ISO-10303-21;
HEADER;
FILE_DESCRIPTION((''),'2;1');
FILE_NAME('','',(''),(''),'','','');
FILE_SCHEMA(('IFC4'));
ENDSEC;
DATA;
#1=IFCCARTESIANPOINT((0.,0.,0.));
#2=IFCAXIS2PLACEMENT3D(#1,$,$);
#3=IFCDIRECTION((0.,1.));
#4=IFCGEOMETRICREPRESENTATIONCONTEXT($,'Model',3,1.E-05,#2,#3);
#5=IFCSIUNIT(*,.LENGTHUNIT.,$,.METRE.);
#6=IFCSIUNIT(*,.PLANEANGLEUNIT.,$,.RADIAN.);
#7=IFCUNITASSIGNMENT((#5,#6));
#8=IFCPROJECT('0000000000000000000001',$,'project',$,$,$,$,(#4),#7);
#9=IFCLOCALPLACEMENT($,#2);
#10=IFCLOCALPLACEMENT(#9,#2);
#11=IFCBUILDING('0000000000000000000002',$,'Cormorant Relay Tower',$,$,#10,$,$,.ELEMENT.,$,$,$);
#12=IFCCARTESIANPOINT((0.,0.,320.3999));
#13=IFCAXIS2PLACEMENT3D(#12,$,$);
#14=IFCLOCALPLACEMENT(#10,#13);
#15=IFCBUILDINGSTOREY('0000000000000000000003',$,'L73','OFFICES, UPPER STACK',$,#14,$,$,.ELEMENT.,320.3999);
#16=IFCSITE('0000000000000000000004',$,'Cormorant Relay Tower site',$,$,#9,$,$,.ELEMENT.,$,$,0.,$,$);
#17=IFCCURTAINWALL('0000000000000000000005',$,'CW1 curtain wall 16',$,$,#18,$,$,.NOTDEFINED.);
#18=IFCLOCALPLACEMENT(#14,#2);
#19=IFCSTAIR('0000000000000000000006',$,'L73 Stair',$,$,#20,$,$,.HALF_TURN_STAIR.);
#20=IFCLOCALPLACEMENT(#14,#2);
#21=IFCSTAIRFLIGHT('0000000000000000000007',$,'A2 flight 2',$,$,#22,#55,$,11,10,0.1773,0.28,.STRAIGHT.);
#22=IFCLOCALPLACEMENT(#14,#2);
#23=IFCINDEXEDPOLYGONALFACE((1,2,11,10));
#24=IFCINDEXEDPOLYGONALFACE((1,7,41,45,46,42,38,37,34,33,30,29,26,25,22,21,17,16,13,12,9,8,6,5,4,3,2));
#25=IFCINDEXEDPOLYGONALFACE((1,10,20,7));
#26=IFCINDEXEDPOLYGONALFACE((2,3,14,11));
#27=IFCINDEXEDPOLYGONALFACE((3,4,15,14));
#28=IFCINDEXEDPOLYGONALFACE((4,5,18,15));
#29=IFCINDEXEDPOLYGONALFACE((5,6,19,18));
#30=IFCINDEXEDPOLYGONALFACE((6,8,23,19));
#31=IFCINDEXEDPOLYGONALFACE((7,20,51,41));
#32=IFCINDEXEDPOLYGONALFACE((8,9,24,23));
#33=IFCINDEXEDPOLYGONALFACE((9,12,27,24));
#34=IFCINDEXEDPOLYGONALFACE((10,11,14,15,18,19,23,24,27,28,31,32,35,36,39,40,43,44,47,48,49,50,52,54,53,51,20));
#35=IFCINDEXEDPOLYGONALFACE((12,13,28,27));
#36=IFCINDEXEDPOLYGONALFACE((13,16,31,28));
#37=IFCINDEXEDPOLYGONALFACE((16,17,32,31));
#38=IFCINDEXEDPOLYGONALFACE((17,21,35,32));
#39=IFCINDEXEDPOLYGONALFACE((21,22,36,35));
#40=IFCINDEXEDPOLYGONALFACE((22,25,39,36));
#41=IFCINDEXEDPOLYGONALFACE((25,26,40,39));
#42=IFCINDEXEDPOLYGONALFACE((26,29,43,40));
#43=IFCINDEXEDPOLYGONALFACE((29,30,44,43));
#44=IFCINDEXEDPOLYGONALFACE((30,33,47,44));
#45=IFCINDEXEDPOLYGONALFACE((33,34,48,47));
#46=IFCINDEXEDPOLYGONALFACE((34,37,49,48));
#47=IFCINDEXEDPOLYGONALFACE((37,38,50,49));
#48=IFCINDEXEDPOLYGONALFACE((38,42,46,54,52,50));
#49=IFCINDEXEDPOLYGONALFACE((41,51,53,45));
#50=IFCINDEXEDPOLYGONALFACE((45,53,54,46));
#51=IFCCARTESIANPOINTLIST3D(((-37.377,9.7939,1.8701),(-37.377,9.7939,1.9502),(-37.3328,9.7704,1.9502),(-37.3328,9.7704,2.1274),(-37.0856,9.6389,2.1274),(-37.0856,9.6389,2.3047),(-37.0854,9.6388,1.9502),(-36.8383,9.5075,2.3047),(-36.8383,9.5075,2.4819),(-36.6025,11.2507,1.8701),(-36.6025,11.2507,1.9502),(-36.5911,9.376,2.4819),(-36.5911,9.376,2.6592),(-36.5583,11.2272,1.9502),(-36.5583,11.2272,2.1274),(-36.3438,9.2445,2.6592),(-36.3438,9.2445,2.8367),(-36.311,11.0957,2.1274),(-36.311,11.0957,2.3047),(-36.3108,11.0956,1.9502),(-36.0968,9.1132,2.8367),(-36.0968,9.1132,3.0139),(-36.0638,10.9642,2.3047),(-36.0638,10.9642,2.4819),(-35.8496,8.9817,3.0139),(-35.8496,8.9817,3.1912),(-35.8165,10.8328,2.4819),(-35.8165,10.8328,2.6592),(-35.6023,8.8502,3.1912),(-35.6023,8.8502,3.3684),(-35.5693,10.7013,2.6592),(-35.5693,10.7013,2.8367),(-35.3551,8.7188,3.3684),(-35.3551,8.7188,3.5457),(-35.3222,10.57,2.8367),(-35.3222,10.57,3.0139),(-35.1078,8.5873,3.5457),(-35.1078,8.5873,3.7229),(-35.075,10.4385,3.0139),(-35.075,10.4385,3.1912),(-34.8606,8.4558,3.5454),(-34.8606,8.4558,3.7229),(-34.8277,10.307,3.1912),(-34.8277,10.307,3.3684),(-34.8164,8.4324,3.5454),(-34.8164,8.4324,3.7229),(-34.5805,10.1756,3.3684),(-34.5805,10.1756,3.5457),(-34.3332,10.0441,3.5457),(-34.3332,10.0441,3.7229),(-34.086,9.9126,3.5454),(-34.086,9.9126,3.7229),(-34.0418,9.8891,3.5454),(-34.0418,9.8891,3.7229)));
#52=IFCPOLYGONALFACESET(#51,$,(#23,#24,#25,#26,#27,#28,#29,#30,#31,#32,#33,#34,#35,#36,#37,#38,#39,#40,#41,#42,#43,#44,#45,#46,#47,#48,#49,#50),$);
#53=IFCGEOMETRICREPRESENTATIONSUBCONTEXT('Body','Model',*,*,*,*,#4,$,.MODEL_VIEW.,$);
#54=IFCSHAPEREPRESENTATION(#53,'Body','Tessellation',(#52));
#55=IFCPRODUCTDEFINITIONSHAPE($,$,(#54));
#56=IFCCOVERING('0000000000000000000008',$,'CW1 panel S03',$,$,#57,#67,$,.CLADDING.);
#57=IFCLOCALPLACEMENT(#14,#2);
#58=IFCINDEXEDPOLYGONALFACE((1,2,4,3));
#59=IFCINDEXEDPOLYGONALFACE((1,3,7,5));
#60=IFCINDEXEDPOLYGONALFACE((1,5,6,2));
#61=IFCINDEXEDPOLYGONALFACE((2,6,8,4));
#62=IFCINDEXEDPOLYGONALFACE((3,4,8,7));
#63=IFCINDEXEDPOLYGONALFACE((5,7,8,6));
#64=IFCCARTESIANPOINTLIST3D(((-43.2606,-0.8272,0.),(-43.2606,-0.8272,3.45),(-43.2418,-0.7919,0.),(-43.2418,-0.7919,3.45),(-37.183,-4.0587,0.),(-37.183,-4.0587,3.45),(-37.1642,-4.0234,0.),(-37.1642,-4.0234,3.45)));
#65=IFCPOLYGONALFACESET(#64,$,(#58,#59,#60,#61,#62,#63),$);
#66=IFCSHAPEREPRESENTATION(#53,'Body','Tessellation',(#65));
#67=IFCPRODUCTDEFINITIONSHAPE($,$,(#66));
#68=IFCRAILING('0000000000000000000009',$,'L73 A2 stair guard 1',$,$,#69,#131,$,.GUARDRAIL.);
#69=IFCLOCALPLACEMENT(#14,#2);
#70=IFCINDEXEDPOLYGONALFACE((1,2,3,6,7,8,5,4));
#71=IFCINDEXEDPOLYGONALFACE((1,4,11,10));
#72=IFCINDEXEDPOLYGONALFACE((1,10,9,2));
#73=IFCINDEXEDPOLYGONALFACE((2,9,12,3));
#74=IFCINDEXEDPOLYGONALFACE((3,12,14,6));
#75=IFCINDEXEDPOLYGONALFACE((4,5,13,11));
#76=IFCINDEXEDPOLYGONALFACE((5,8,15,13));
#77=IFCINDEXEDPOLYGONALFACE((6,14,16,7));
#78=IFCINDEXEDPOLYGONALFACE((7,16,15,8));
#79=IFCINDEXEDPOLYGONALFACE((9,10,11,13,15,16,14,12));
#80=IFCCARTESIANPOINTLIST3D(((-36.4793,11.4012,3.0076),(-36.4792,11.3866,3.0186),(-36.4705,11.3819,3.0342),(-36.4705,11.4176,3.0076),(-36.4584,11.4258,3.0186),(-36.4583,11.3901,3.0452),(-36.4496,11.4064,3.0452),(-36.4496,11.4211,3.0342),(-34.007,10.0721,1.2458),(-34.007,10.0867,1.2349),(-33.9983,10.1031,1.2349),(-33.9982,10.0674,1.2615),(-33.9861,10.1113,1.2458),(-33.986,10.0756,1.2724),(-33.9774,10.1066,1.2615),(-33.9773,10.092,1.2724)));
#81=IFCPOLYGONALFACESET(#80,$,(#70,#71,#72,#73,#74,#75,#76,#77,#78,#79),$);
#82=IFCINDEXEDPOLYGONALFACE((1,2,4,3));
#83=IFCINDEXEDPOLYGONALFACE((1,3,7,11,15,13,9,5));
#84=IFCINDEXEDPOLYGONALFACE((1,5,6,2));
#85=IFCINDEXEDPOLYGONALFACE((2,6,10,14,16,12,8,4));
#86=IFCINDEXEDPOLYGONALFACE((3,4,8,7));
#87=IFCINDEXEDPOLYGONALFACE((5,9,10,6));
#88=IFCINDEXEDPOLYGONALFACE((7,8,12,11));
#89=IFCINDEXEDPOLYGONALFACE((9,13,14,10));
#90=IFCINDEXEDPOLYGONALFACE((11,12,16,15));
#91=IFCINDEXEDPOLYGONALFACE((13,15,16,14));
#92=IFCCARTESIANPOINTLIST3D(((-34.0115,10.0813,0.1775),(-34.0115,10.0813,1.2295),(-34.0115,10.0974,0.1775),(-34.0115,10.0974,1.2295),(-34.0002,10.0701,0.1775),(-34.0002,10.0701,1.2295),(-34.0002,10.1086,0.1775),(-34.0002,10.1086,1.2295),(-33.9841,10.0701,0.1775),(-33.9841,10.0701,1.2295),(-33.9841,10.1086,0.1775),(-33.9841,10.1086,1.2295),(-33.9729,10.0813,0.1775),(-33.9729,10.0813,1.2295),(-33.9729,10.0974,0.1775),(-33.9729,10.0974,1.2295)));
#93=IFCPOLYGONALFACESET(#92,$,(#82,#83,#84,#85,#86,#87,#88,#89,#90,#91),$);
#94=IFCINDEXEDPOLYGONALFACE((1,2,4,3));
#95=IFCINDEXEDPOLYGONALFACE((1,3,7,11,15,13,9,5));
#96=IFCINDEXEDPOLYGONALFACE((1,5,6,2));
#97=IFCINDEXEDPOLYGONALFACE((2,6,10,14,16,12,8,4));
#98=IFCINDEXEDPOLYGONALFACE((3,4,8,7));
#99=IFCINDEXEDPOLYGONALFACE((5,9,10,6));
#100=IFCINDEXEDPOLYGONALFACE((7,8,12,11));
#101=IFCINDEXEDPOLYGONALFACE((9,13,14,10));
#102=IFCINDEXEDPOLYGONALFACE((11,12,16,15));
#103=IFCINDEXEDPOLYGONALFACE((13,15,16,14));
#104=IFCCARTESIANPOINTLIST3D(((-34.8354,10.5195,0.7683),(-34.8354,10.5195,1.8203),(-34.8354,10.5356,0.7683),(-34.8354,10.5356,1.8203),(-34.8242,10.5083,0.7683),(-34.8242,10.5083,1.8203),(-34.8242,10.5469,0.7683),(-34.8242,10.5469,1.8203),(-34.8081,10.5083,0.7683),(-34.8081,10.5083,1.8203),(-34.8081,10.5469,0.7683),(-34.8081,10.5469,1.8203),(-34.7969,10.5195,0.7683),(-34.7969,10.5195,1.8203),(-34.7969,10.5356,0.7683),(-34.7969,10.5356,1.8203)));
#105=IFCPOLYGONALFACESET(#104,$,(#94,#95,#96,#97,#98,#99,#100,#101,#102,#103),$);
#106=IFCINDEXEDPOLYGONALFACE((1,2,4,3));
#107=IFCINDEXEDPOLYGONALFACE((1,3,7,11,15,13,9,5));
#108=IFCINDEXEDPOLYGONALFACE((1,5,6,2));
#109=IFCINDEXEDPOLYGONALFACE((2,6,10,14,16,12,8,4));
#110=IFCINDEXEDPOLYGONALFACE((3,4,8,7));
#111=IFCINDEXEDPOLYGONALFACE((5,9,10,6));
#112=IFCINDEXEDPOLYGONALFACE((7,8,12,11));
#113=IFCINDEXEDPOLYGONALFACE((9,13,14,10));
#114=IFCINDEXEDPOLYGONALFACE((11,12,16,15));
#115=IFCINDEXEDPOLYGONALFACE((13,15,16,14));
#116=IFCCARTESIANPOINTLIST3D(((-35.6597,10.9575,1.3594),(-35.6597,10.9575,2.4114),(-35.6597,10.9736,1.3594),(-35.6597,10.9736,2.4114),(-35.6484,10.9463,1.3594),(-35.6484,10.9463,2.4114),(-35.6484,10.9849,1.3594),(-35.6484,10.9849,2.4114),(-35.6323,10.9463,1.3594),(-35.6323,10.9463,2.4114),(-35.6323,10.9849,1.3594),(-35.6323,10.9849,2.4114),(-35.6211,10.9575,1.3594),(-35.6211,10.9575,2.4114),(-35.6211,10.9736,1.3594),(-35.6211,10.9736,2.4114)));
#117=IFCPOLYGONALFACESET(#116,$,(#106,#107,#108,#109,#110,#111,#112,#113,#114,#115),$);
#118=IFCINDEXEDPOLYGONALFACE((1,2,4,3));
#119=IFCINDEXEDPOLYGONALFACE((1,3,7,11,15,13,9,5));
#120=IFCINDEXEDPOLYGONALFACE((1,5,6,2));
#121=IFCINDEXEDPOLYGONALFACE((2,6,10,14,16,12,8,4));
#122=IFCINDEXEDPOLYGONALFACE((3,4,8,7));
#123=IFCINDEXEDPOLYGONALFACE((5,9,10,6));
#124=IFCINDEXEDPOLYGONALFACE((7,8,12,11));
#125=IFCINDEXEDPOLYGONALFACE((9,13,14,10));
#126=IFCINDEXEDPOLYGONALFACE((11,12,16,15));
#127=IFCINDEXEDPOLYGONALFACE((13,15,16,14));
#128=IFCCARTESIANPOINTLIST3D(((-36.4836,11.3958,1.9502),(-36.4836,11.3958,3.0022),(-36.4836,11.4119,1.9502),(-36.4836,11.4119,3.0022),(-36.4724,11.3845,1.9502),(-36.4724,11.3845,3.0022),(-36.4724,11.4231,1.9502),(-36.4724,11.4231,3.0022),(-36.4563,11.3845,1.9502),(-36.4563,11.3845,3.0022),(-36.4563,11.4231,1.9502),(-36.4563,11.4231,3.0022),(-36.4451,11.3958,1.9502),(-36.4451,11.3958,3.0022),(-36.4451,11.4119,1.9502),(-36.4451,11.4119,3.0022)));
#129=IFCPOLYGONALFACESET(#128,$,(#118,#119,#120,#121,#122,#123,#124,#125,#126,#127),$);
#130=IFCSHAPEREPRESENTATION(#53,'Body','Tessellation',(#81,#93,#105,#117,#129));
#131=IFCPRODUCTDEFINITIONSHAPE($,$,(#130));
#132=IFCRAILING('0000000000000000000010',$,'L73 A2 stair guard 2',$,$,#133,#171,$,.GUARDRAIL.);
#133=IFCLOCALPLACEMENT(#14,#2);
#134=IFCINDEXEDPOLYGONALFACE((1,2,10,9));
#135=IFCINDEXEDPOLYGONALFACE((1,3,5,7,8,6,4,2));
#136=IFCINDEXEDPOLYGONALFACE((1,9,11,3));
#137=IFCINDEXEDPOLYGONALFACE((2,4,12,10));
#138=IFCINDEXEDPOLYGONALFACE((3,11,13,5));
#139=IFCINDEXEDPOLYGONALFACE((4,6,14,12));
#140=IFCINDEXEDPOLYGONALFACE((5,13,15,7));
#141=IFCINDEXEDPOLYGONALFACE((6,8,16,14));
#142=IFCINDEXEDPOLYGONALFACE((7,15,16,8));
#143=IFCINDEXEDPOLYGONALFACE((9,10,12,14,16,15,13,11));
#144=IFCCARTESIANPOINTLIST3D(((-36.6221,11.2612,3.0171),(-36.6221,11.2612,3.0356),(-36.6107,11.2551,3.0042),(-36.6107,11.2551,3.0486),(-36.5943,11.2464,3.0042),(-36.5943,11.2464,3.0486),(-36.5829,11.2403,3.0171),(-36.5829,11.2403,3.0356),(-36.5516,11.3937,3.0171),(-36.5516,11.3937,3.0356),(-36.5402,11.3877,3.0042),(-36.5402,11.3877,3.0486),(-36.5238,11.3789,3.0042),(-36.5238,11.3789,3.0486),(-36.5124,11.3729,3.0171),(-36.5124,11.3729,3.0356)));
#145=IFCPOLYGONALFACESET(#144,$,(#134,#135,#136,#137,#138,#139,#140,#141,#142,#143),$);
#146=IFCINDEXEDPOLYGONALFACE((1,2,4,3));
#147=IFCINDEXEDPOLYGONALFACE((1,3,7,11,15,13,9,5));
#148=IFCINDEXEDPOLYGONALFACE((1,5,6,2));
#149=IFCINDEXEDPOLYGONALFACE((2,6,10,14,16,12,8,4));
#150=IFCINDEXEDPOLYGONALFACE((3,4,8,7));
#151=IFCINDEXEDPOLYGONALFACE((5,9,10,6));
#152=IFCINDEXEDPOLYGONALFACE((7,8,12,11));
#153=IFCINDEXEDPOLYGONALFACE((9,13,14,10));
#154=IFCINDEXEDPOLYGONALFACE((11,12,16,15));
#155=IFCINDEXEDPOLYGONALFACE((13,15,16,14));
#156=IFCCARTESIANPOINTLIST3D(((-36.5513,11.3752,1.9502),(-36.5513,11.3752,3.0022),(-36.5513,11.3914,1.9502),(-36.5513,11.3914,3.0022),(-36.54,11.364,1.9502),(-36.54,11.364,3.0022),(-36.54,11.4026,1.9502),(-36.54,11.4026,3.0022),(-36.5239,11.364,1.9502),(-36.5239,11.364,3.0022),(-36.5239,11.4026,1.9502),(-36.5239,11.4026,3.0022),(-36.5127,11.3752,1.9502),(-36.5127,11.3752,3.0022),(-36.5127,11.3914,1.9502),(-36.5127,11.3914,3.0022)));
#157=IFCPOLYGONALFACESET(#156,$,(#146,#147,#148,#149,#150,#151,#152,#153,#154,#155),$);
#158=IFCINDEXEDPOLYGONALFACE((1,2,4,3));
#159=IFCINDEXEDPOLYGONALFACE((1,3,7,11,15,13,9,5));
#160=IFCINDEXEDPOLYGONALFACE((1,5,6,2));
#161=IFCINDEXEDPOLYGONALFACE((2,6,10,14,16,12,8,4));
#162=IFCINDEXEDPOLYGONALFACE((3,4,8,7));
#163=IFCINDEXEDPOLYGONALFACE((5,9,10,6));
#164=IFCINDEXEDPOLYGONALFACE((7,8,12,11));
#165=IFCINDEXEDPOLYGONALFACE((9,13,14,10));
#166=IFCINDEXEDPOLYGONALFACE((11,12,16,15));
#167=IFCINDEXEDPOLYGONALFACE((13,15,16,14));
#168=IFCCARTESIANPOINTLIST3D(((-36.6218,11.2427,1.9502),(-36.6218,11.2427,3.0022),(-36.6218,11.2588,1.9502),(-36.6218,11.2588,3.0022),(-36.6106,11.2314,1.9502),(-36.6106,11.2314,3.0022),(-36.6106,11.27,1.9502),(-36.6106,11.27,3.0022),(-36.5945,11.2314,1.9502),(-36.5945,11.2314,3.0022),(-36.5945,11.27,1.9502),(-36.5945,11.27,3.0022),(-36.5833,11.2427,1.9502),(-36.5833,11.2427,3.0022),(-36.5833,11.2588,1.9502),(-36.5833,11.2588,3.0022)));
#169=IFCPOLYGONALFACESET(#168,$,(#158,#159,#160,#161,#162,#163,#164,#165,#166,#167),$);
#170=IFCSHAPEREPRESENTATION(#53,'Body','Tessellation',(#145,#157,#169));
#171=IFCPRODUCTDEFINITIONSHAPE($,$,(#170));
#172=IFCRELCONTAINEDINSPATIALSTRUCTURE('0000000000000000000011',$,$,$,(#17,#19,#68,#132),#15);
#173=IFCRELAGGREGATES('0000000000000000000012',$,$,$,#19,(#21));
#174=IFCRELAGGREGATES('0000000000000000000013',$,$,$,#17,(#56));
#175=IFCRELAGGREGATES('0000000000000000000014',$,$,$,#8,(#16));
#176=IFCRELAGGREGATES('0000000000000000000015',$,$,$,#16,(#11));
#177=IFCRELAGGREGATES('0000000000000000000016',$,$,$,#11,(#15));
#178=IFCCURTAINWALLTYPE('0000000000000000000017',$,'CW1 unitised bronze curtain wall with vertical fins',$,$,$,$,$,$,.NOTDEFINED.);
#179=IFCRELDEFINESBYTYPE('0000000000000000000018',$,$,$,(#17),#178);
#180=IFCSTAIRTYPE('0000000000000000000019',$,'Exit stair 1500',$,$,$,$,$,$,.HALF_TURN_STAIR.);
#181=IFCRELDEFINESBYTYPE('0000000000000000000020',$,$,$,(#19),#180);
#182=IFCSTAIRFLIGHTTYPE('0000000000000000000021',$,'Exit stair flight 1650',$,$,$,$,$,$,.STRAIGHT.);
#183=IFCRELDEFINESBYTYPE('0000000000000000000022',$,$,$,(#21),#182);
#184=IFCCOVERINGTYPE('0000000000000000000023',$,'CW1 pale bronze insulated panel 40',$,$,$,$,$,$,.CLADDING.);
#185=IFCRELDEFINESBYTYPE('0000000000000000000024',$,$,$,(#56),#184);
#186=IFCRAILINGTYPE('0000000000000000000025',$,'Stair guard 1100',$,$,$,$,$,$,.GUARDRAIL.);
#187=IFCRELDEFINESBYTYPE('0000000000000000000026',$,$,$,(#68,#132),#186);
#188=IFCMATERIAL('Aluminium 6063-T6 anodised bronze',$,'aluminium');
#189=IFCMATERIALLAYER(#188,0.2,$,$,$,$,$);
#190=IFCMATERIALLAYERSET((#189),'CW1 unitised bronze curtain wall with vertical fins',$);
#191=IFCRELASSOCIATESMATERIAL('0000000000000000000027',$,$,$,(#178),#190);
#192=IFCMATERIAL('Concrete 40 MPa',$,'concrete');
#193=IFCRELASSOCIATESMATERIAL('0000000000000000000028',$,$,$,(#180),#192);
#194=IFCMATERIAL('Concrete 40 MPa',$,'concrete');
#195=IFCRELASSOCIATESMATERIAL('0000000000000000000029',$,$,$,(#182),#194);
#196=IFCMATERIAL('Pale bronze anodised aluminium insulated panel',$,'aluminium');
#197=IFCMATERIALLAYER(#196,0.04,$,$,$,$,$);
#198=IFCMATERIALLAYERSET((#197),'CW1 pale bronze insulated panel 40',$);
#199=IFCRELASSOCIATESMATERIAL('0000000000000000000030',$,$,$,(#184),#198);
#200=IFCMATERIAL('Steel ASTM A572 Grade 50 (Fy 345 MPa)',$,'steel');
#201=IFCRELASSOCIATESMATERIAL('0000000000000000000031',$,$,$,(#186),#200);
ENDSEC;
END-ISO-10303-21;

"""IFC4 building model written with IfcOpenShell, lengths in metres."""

from ifc_helpers import new_model, si_unit, direction, frame, origin, origin_2d, place, context, subcontext, project, spatial, polyline, rectangle, outline, extrude, material, layer, layer_set, type_object, element, aggregate, save


model = new_model("IFC4")

# Units and contexts
model_context = context("Model", 3, precision=1e-05, world=origin(), true_north=direction((0.0, 1.0)))
body_context = subcontext(model_context, "Body", "Model", "MODEL_VIEW")
ifc_project = project(units=[si_unit("LENGTHUNIT", "METRE"), si_unit("PLANEANGLEUNIT", "RADIAN")], contexts=[model_context])

# Site, building, storey
site_placement = place(None, origin())
site = spatial("IfcSite", under=ifc_project, at=site_placement, Name="Cormorant Relay Tower site", CompositionType="ELEMENT", RefElevation=0.0)
building_placement = place(site_placement, origin())
building = spatial("IfcBuilding", under=site, at=building_placement, Name="Cormorant Relay Tower", CompositionType="ELEMENT")
storey_placement = place(building_placement, frame((0.0, 0.0, 320.3999)))
storey = spatial("IfcBuildingStorey", under=building, at=storey_placement, Name="L73", Description="OFFICES, UPPER STACK", CompositionType="ELEMENT", Elevation=320.3999)

# Curtain wall
ifc_material_1 = material(Name="Aluminium 6063-T6 anodised bronze", Category="aluminium")
ifc_layer_1 = layer(ifc_material_1, 0.2)
ifc_layer_set_1 = layer_set([ifc_layer_1], Name="CW1 unitised bronze curtain wall with vertical fins")
curtain_wall_type = type_object("IfcCurtainWallType", Name="CW1 unitised bronze curtain wall with vertical fins", PredefinedType="NOTDEFINED", material=ifc_layer_set_1)
curtain_wall_placement = place(storey_placement, origin())
curtain_wall = element("IfcCurtainWall", 1, at=curtain_wall_placement, inside=storey, type_object=curtain_wall_type, Name="CW1 curtain wall 16", PredefinedType="NOTDEFINED")

# Stair, stair flight
ifc_material_2 = material(Name="Concrete 40 MPa", Category="concrete")
stair_type = type_object("IfcStairType", Name="Exit stair 1500", PredefinedType="HALF_TURN_STAIR", material=ifc_material_2)
stair_placement = place(storey_placement, origin())
stair = element("IfcStair", 2, at=stair_placement, inside=storey, type_object=stair_type, Name="L73 Stair", PredefinedType="HALF_TURN_STAIR")
ifc_material_3 = material(Name="Concrete 40 MPa", Category="concrete")
stair_flight_type = type_object("IfcStairFlightType", Name="Exit stair flight 1650", PredefinedType="STRAIGHT", material=ifc_material_3)
stair_flight_1_placement = place(storey_placement, frame((-36.9456, 10.4988, 1.9502), z_axis=(0.0, 0.0, 1.0), x_axis=(0.882948, -0.469472, 0.0)))
stair_flight_1 = element("IfcStairFlight", 3, at=stair_flight_1_placement, type_object=stair_flight_type, Name="A2 flight 2", NumberOfRisers=11, NumberOfTreads=10, PredefinedType="STRAIGHT", RiserHeight=0.1773, TreadLength=0.28, context=body_context, shape_type="SweptSolid", body=[
    extrude(outline(polyline([(-0.05, -0.0801), (-0.05, 0.0), (0.0, 0.0), (0.0, 0.1772), (0.28, 0.1772), (0.28, 0.3545), (0.5601, 0.3545), (0.5601, 0.5317), (0.8401, 0.5317), (0.8401, 0.709), (1.1201, 0.709), (1.1201, 0.8865), (1.3999, 0.8865), (1.3999, 1.0637), (1.6799, 1.0637), (1.6799, 1.241), (1.96, 1.241), (1.96, 1.4182), (2.24, 1.4182), (2.24, 1.5955), (2.52, 1.5955), (2.52, 1.7727), (2.8, 1.7727), (2.8501, 1.7727), (2.8501, 1.5952), (2.8, 1.5952), (0.2803, 0.0), (-0.05, -0.0801)])), frame((0.0, 0.825, 0.0), z_axis=(0.0, -1.0, 0.0), x_axis=(1.0, 0.0, 0.0)), (0.0, 0.0, 1.0), 1.6499),
])
aggregate(stair, [stair_flight_1])

# Covering
ifc_material_4 = material(Name="Pale bronze anodised aluminium insulated panel", Category="aluminium")
ifc_layer_2 = layer(ifc_material_4, 0.04)
ifc_layer_set_2 = layer_set([ifc_layer_2], Name="CW1 pale bronze insulated panel 40")
covering_type = type_object("IfcCoveringType", Name="CW1 pale bronze insulated panel 40", PredefinedType="CLADDING", material=ifc_layer_set_2)
covering_placement = place(storey_placement, frame((-40.2124, -2.4253, 0.0), z_axis=(0.0, 0.0, 1.0), x_axis=(0.882948, -0.469472, 0.0)))
covering = element("IfcCovering", 4, at=covering_placement, type_object=covering_type, Name="CW1 panel S03", PredefinedType="CLADDING", context=body_context, shape_type="SweptSolid", body=[
    extrude(rectangle(XDim=6.8833, YDim=0.04, at=origin_2d()), origin(), (0.0, 0.0, 1.0), 3.45),
])
aggregate(curtain_wall, [covering])

# Railings
ifc_material_5 = material(Name="Steel ASTM A572 Grade 50 (Fy 345 MPa)", Category="steel")
railing_type_1 = type_object("IfcRailingType", Name="Stair guard 1100", PredefinedType="GUARDRAIL", material=ifc_material_5)
railing_1_placement = place(storey_placement, frame((-33.9922, 10.0894, 0.1775)))
element("IfcRailing", 5, at=railing_1_placement, inside=storey, type_object=railing_type_1, Name="L73 A2 stair guard 1", PredefinedType="GUARDRAIL", context=body_context, shape_type="SweptSolid", body=[
    extrude(outline(polyline([(0.0222, 0.0093), (0.0093, 0.0222), (-0.0093, 0.0222), (-0.0222, 0.0093), (-0.0222, -0.0093), (-0.0093, -0.0222), (0.0093, -0.0222), (0.0222, -0.0093), (0.0222, 0.0093)])), frame((0.0, 0.0, 1.0762), z_axis=(-0.746001, 0.396649, 0.534931), x_axis=(-0.469465, -0.882951, 0.0)), (0.0, 0.0, 1.0), 3.314),
    extrude(outline(polyline([(0.0193, 0.0081), (0.0081, 0.0193), (-0.0081, 0.0193), (-0.0193, 0.0081), (-0.0193, -0.0081), (-0.0081, -0.0193), (0.0081, -0.0193), (0.0193, -0.0081), (0.0193, 0.0081)])), origin(), (0.0, 0.0, 1.0), 1.052),
    extrude(outline(polyline([(0.0193, 0.0081), (0.0081, 0.0193), (-0.0081, 0.0193), (-0.0193, 0.0081), (-0.0193, -0.0081), (-0.0081, -0.0193), (0.0081, -0.0193), (0.0193, -0.0081), (0.0193, 0.0081)])), frame((-0.824, 0.4382, 0.5908)), (0.0, 0.0, 1.0), 1.052),
    extrude(outline(polyline([(0.0193, 0.0081), (0.0081, 0.0193), (-0.0081, 0.0193), (-0.0193, 0.0081), (-0.0193, -0.0081), (-0.0081, -0.0193), (0.0081, -0.0193), (0.0193, -0.0081), (0.0193, 0.0081)])), frame((-1.6482, 0.8762, 1.1819)), (0.0, 0.0, 1.0), 1.052),
    extrude(outline(polyline([(0.0193, 0.0081), (0.0081, 0.0193), (-0.0081, 0.0193), (-0.0193, 0.0081), (-0.0193, -0.0081), (-0.0081, -0.0193), (0.0081, -0.0193), (0.0193, -0.0081), (0.0193, 0.0081)])), frame((-2.4722, 1.3145, 1.7727)), (0.0, 0.0, 1.0), 1.052),
])
railing_2_placement = place(storey_placement, frame((-36.532, 11.3833, 1.9502)))
element("IfcRailing", 6, at=railing_2_placement, inside=storey, type_object=railing_type_1, Name="L73 A2 stair guard 2", PredefinedType="GUARDRAIL", context=body_context, shape_type="SweptSolid", body=[
    extrude(outline(polyline([(0.0222, 0.0093), (0.0093, 0.0222), (-0.0093, 0.0222), (-0.0222, 0.0093), (-0.0222, -0.0093), (-0.0093, -0.0222), (0.0093, -0.0222), (0.0222, -0.0093), (0.0222, 0.0093)])), frame((0.0, 0.0, 1.0762), z_axis=(-0.469829, -0.882758, 0.0), x_axis=(0.882758, -0.469829, 0.0)), (0.0, 0.0, 1.0), 0.1501),
    extrude(outline(polyline([(0.0193, 0.0081), (0.0081, 0.0193), (-0.0081, 0.0193), (-0.0193, 0.0081), (-0.0193, -0.0081), (-0.0081, -0.0193), (0.0081, -0.0193), (0.0193, -0.0081), (0.0193, 0.0081)])), origin(), (0.0, 0.0, 1.0), 1.052),
    extrude(outline(polyline([(0.0193, 0.0081), (0.0081, 0.0193), (-0.0081, 0.0193), (-0.0193, 0.0081), (-0.0193, -0.0081), (-0.0081, -0.0193), (0.0081, -0.0193), (0.0193, -0.0081), (0.0193, 0.0081)])), frame((-0.0706, -0.1326, 0.0)), (0.0, 0.0, 1.0), 1.052),
])

save(model, "model.ifc")
